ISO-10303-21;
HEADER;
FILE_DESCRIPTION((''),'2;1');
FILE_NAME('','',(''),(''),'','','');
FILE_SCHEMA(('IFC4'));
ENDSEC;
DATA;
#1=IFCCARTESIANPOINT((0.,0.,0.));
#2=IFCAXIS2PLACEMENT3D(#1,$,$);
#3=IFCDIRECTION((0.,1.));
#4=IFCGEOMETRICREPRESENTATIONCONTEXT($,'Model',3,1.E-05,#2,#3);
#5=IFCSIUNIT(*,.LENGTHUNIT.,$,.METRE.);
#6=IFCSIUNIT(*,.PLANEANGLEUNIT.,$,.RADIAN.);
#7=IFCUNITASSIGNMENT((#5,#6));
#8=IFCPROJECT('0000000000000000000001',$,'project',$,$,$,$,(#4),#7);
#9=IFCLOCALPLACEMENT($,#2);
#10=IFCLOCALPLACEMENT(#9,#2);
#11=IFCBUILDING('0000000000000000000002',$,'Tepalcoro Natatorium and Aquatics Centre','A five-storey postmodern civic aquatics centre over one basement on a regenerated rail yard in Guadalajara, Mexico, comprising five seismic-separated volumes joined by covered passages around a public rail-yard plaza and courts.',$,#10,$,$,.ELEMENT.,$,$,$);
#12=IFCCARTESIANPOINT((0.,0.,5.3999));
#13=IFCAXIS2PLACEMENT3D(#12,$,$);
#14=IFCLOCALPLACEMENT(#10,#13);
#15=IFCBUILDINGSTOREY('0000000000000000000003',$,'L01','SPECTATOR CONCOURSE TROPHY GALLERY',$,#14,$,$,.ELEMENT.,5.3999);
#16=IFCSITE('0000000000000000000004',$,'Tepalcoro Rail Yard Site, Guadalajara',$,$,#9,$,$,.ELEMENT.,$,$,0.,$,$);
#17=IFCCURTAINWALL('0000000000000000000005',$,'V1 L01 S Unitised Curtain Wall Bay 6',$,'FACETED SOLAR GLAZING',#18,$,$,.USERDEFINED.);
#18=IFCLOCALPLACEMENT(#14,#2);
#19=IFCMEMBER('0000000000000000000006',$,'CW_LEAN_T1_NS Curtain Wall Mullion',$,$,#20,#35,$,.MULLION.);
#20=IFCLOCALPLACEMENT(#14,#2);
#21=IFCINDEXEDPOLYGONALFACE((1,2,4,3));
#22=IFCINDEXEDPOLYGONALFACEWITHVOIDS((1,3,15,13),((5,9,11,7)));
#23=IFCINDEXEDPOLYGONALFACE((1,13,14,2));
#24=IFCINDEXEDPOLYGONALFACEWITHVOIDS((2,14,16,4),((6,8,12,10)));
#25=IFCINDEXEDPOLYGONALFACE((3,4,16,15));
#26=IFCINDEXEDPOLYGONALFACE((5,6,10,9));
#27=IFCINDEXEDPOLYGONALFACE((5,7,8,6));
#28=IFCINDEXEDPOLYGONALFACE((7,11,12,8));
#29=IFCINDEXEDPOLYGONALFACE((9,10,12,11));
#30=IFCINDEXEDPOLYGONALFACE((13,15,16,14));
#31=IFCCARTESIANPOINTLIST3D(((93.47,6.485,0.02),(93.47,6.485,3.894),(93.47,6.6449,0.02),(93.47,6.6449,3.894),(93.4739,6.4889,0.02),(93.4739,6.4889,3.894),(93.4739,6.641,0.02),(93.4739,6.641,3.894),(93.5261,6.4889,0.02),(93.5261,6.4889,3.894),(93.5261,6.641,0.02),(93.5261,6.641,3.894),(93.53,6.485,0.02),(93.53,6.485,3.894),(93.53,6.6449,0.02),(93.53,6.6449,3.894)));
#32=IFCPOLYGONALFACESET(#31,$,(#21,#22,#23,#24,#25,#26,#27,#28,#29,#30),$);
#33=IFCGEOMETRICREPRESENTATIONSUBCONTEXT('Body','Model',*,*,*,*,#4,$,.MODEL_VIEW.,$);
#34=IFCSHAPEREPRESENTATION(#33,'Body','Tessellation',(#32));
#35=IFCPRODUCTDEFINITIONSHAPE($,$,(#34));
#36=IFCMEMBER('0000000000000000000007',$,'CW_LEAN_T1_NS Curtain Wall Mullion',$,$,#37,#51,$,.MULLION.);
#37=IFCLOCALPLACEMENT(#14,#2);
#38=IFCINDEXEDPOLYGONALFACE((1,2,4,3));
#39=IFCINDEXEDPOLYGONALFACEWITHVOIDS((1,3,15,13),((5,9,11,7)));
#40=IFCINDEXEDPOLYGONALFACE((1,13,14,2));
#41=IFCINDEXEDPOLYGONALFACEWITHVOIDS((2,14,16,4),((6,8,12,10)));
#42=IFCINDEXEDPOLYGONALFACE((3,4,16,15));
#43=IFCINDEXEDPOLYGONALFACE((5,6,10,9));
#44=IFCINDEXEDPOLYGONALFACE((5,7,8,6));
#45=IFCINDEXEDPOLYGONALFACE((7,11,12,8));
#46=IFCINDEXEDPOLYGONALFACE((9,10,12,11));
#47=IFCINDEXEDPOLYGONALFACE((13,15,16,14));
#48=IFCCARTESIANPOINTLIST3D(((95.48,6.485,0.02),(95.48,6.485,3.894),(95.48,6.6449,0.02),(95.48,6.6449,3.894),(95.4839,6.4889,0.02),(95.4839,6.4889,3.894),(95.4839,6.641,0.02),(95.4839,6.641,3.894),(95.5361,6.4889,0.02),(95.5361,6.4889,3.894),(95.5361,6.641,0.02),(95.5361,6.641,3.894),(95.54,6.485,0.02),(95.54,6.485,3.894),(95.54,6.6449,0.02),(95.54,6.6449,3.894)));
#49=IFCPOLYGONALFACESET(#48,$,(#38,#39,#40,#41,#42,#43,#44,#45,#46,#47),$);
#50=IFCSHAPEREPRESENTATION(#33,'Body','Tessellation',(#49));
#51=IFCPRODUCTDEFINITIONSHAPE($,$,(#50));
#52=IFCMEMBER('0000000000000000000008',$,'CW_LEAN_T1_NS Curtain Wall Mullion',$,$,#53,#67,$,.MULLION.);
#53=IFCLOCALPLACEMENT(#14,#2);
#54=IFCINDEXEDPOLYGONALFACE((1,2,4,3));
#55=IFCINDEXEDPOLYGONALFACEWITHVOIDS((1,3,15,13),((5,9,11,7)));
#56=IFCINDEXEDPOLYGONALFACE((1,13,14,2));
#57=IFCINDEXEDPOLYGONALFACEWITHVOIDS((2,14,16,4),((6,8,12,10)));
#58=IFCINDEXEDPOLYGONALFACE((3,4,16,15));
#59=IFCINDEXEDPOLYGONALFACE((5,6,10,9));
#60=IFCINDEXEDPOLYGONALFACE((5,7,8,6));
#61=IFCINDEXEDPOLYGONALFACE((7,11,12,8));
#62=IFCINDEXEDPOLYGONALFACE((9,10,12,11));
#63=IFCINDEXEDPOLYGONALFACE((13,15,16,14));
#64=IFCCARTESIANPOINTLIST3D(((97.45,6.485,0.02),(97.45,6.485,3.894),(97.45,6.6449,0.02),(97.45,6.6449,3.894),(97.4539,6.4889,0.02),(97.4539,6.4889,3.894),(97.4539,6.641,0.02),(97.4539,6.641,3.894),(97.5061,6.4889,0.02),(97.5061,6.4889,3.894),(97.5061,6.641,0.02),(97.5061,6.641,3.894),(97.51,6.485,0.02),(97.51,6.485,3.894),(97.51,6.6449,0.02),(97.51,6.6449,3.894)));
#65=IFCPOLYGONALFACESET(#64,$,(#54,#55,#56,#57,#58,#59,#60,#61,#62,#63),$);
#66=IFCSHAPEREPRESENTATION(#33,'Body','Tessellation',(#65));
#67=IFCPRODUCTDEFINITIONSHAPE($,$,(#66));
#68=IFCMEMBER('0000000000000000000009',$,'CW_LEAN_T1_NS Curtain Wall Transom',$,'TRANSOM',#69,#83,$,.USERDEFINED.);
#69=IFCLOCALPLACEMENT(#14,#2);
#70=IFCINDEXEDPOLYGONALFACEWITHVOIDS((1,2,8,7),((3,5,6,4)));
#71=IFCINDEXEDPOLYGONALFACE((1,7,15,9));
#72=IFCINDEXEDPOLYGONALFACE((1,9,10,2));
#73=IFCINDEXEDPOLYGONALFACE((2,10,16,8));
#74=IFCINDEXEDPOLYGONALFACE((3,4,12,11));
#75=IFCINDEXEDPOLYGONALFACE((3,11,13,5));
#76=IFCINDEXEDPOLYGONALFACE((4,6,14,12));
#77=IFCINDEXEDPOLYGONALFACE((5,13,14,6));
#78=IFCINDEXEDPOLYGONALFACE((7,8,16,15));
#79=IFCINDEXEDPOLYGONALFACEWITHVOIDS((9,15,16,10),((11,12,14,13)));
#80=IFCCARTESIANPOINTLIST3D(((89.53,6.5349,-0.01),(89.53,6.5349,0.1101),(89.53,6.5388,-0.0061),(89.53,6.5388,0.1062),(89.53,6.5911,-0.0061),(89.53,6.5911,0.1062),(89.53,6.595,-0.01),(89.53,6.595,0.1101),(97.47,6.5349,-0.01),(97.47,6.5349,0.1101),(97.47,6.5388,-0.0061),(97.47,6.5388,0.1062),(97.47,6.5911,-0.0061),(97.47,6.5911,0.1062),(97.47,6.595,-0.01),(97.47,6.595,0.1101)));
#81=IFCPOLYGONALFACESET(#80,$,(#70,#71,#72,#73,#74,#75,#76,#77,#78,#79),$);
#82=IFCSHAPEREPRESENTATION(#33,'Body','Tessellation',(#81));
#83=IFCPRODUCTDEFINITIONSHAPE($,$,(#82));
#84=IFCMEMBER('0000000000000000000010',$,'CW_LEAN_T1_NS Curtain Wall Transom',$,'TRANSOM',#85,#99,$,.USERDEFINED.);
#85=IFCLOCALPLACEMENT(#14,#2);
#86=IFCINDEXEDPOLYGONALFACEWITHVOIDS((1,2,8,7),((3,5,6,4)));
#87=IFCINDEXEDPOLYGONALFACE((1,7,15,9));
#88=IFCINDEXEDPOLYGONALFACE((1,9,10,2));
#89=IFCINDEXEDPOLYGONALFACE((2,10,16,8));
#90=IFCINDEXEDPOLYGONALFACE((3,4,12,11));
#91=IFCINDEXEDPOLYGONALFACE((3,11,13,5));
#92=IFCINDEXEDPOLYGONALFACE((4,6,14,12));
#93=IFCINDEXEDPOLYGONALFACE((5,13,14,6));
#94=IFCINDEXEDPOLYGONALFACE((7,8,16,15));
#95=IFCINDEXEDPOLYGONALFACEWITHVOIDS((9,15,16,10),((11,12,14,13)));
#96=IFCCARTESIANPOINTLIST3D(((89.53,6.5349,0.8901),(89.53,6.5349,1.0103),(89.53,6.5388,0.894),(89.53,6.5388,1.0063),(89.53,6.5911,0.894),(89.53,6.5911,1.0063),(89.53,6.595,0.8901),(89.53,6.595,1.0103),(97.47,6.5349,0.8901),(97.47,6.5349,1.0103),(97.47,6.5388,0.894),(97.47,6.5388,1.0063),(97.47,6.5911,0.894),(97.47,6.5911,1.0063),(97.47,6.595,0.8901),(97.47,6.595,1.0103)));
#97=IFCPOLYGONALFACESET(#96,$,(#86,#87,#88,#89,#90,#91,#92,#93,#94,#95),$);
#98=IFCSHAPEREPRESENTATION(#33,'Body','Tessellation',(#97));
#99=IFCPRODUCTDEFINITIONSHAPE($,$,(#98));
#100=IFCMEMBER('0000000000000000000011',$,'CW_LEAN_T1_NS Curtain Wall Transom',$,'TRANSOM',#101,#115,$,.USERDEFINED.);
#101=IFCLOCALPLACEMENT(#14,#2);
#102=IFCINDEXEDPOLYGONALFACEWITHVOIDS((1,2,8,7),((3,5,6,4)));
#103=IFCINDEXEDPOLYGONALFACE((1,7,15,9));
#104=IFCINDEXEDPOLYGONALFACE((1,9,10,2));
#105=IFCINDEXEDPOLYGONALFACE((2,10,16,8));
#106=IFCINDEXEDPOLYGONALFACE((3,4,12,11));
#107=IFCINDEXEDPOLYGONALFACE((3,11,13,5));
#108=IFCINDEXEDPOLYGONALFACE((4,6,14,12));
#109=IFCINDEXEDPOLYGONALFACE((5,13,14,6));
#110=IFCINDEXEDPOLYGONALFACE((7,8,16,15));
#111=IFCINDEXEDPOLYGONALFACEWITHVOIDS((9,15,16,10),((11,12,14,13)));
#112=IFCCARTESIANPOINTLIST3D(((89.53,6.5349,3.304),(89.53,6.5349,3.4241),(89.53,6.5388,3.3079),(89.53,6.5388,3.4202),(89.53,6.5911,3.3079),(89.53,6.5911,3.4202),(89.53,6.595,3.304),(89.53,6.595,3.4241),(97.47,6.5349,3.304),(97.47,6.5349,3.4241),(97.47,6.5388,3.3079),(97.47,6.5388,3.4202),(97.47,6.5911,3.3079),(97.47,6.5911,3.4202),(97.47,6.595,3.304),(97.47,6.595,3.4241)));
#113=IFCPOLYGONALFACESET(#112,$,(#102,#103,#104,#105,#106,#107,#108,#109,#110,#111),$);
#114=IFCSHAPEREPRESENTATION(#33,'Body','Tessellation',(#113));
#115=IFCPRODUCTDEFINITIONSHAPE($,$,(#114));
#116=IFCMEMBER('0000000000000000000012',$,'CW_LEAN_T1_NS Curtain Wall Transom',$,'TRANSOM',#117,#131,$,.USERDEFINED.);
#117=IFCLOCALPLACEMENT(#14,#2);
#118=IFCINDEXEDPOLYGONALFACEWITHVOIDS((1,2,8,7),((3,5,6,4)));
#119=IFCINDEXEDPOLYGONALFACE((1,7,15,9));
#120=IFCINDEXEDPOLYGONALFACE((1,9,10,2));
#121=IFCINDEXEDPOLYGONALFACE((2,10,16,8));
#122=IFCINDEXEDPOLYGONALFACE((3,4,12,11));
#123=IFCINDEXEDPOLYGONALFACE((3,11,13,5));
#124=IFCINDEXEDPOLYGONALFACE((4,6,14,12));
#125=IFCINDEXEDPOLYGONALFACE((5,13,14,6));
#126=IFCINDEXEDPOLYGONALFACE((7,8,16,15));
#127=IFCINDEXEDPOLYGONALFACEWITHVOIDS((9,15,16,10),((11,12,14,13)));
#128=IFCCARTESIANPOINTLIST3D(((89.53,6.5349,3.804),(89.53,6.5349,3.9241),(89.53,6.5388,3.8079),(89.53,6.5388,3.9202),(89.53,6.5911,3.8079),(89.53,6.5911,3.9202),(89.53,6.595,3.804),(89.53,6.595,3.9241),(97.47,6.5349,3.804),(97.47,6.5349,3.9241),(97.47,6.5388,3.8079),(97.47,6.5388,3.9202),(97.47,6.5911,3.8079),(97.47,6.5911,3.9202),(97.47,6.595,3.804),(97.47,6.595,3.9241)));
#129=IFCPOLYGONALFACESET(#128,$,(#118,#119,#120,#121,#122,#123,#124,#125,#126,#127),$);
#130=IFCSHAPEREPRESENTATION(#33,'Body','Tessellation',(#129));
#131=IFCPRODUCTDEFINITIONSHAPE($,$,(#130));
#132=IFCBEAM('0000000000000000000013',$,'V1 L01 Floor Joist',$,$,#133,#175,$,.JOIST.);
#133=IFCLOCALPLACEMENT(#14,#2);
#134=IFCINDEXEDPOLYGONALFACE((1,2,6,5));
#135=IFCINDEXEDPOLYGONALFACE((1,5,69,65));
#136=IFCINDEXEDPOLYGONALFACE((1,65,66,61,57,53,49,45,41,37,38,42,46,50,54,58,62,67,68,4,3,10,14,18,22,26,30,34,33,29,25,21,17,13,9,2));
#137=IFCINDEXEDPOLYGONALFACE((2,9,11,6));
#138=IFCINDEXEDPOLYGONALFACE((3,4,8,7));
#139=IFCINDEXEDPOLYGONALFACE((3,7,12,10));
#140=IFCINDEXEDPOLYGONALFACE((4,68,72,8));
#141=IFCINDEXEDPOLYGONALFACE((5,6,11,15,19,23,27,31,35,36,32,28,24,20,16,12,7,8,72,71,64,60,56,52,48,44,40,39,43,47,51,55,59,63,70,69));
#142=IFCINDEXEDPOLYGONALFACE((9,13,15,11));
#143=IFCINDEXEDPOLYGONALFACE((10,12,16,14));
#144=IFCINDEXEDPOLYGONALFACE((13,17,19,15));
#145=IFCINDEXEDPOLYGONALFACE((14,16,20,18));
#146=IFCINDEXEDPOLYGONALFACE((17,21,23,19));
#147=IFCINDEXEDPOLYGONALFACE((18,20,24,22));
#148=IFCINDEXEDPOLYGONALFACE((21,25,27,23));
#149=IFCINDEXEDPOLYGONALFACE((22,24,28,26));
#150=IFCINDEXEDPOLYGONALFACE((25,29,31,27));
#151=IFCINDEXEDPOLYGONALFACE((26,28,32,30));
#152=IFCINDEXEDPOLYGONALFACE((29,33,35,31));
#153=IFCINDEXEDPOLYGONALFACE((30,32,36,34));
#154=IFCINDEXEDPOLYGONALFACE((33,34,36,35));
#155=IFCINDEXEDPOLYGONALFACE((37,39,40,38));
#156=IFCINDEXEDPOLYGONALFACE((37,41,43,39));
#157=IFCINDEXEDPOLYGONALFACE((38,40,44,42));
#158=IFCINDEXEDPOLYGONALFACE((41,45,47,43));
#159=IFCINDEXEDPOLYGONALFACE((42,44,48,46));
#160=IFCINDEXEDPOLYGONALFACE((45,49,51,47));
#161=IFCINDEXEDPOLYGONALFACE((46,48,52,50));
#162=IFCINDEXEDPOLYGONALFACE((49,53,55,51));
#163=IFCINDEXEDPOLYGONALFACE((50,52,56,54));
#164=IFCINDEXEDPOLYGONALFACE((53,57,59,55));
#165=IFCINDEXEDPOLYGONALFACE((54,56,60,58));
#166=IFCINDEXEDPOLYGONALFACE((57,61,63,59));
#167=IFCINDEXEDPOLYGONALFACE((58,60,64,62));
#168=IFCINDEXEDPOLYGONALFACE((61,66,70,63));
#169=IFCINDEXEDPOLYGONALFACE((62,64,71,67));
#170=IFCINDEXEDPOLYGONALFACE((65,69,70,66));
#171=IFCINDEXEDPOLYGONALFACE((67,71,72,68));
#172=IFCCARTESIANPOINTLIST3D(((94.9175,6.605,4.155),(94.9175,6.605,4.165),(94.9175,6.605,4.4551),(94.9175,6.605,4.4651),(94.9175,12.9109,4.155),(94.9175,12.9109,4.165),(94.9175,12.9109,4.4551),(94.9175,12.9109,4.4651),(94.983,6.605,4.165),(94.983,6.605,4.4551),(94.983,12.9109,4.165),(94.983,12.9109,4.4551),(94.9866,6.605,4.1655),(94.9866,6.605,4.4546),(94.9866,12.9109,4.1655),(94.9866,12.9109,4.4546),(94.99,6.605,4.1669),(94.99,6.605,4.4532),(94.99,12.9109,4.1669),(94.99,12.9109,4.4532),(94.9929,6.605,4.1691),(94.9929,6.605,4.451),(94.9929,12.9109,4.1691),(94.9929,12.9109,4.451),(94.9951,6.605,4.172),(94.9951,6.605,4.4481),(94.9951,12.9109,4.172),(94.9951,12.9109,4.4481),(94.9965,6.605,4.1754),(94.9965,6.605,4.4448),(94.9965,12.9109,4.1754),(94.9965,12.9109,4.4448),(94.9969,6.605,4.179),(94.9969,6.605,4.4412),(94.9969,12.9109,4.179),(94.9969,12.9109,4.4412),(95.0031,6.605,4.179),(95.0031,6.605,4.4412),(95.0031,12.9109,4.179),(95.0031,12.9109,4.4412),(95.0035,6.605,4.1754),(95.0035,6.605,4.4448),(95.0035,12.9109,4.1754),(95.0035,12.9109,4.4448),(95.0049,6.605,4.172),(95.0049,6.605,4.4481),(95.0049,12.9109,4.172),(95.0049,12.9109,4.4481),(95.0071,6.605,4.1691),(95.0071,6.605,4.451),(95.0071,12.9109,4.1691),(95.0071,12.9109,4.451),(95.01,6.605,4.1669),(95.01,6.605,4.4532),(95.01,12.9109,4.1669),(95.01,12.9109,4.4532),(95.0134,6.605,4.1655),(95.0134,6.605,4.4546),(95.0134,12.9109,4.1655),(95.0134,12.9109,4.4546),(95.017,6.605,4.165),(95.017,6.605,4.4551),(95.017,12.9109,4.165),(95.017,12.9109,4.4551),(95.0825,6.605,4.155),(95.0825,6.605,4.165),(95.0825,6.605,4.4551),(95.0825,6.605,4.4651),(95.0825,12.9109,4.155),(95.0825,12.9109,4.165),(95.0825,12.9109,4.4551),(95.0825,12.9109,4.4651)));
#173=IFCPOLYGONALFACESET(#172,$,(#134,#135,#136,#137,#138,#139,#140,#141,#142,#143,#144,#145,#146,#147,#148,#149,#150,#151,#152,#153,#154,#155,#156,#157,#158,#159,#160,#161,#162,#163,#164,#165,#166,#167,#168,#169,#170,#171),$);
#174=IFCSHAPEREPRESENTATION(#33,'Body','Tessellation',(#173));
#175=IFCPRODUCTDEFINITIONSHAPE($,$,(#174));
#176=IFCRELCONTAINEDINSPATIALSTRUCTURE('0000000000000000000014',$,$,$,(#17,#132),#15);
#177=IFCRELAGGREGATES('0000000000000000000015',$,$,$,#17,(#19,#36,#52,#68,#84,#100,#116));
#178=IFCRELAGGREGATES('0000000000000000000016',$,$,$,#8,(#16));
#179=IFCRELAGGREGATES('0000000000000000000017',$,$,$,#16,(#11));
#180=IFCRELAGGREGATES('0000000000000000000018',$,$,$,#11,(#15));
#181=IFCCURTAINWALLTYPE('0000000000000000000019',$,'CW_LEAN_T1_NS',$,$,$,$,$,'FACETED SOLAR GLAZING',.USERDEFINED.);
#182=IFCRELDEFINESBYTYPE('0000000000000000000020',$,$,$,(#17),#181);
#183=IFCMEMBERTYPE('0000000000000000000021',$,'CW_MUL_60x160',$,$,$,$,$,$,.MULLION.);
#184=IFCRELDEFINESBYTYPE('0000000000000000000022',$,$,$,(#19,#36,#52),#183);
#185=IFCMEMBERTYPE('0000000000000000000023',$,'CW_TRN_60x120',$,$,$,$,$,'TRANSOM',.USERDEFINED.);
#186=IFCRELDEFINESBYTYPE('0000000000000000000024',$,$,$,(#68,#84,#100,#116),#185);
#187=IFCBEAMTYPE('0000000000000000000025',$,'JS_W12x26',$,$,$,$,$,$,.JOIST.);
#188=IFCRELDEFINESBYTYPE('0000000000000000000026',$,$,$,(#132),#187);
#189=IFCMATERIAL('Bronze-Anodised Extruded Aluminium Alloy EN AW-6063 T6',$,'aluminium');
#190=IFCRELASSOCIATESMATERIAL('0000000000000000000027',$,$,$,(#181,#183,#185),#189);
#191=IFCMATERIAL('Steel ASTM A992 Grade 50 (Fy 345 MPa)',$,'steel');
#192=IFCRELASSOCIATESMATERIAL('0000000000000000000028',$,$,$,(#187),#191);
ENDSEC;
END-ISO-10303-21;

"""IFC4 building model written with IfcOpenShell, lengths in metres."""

from ifc_helpers import new_model, si_unit, direction, frame, origin, origin_2d, place, context, subcontext, project, spatial, hollow_rectangle, i_section, extrude, material, material_profile, profile_set, type_object, element, aggregate, save


model = new_model("IFC4")

# Units and contexts
model_context = context("Model", 3, precision=1e-05, world=origin(), true_north=direction((0.0, 1.0)))
body_context = subcontext(model_context, "Body", "Model", "MODEL_VIEW")
ifc_project = project(units=[si_unit("LENGTHUNIT", "METRE"), si_unit("PLANEANGLEUNIT", "RADIAN")], contexts=[model_context])

# Site, building, storey
site_placement = place(None, origin())
site = spatial("IfcSite", under=ifc_project, at=site_placement, Name="Tepalcoro Rail Yard Site, Guadalajara", CompositionType="ELEMENT", RefElevation=0.0)
building_placement = place(site_placement, origin())
building = spatial("IfcBuilding", under=site, at=building_placement, Name="Tepalcoro Natatorium and Aquatics Centre", Description="A five-storey postmodern civic aquatics centre over one basement on a regenerated rail yard in Guadalajara, Mexico, comprising five seismic-separated volumes joined by covered passages around a public rail-yard plaza and courts.", CompositionType="ELEMENT")
storey_placement = place(building_placement, frame((0.0, 0.0, 5.3999)))
storey = spatial("IfcBuildingStorey", under=building, at=storey_placement, Name="L01", Description="SPECTATOR CONCOURSE TROPHY GALLERY", CompositionType="ELEMENT", Elevation=5.3999)

# Shared definitions
ifc_material_1 = material(Name="Steel ASTM A992 Grade 50 (Fy 345 MPa)", Category="steel")

# Curtain wall, members
ifc_material_2 = material(Name="Bronze-Anodised Extruded Aluminium Alloy EN AW-6063 T6", Category="aluminium")
curtain_wall_type = type_object("IfcCurtainWallType", Name="CW_LEAN_T1_NS", ElementType="FACETED SOLAR GLAZING", PredefinedType="USERDEFINED", material=ifc_material_2)
curtain_wall_placement = place(storey_placement, origin())
curtain_wall = element("IfcCurtainWall", 1, at=curtain_wall_placement, inside=storey, type_object=curtain_wall_type, Name="V1 L01 S Unitised Curtain Wall Bay 6", ObjectType="FACETED SOLAR GLAZING", PredefinedType="USERDEFINED")
ifc_material_profile_1 = material_profile(ifc_material_2, hollow_rectangle(XDim=0.0601, YDim=0.1599, WallThickness=0.0039, at=origin_2d()), Name="AL60X160X4")
ifc_profile_set_1 = profile_set([ifc_material_profile_1], Name="Bronze-Anodised Extruded Aluminium Alloy EN AW-6063 T6")
member_type_1 = type_object("IfcMemberType", Name="CW_MUL_60x160", PredefinedType="MULLION", material=ifc_profile_set_1)
member_1_placement = place(storey_placement, frame((93.5, 6.5649, 0.02), z_axis=(0.0, 0.0, 1.0), x_axis=(1.0, 0.0, 0.0)))
member_1 = element("IfcMember", 2, at=member_1_placement, type_object=member_type_1, Name="CW_LEAN_T1_NS Curtain Wall Mullion", PredefinedType="MULLION", context=body_context, shape_type="SweptSolid", body=[
    extrude(hollow_rectangle(XDim=0.0601, YDim=0.1599, WallThickness=0.0039, at=origin_2d()), origin(), (0.0, 0.0, 1.0), 3.874),
])
member_2_placement = place(storey_placement, frame((95.51, 6.5649, 0.02), z_axis=(0.0, 0.0, 1.0), x_axis=(1.0, 0.0, 0.0)))
member_2 = element("IfcMember", 3, at=member_2_placement, type_object=member_type_1, Name="CW_LEAN_T1_NS Curtain Wall Mullion", PredefinedType="MULLION", context=body_context, shape_type="SweptSolid", body=[
    extrude(hollow_rectangle(XDim=0.0601, YDim=0.1599, WallThickness=0.0039, at=origin_2d()), origin(), (0.0, 0.0, 1.0), 3.874),
])
member_3_placement = place(storey_placement, frame((97.48, 6.5649, 0.02), z_axis=(0.0, 0.0, 1.0), x_axis=(1.0, 0.0, 0.0)))
member_3 = element("IfcMember", 4, at=member_3_placement, type_object=member_type_1, Name="CW_LEAN_T1_NS Curtain Wall Mullion", PredefinedType="MULLION", context=body_context, shape_type="SweptSolid", body=[
    extrude(hollow_rectangle(XDim=0.0601, YDim=0.1599, WallThickness=0.0039, at=origin_2d()), origin(), (0.0, 0.0, 1.0), 3.874),
])
ifc_material_profile_2 = material_profile(ifc_material_2, hollow_rectangle(XDim=0.0601, YDim=0.1201, WallThickness=0.0039, at=origin_2d()), Name="AL60X120X4")
ifc_profile_set_2 = profile_set([ifc_material_profile_2], Name="Bronze-Anodised Extruded Aluminium Alloy EN AW-6063 T6")
member_type_2 = type_object("IfcMemberType", Name="CW_TRN_60x120", ElementType="TRANSOM", PredefinedType="USERDEFINED", material=ifc_profile_set_2)
member_4_placement = place(storey_placement, frame((89.53, 6.5649, 0.05), z_axis=(1.0, 0.0, 0.0), x_axis=(0.0, 1.0, 0.0)))
member_4 = element("IfcMember", 5, at=member_4_placement, type_object=member_type_2, Name="CW_LEAN_T1_NS Curtain Wall Transom", ObjectType="TRANSOM", PredefinedType="USERDEFINED", context=body_context, shape_type="SweptSolid", body=[
    extrude(hollow_rectangle(XDim=0.0601, YDim=0.1201, WallThickness=0.0039, at=origin_2d()), origin(), (0.0, 0.0, 1.0), 7.9399),
])
member_5_placement = place(storey_placement, frame((89.53, 6.5649, 0.9502), z_axis=(1.0, 0.0, 0.0), x_axis=(0.0, 1.0, 0.0)))
member_5 = element("IfcMember", 6, at=member_5_placement, type_object=member_type_2, Name="CW_LEAN_T1_NS Curtain Wall Transom", ObjectType="TRANSOM", PredefinedType="USERDEFINED", context=body_context, shape_type="SweptSolid", body=[
    extrude(hollow_rectangle(XDim=0.0601, YDim=0.1201, WallThickness=0.0039, at=origin_2d()), origin(), (0.0, 0.0, 1.0), 7.9399),
])
member_6_placement = place(storey_placement, frame((89.53, 6.5649, 3.364), z_axis=(1.0, 0.0, 0.0), x_axis=(0.0, 1.0, 0.0)))
member_6 = element("IfcMember", 7, at=member_6_placement, type_object=member_type_2, Name="CW_LEAN_T1_NS Curtain Wall Transom", ObjectType="TRANSOM", PredefinedType="USERDEFINED", context=body_context, shape_type="SweptSolid", body=[
    extrude(hollow_rectangle(XDim=0.0601, YDim=0.1201, WallThickness=0.0039, at=origin_2d()), origin(), (0.0, 0.0, 1.0), 7.9399),
])
member_7_placement = place(storey_placement, frame((89.53, 6.5649, 3.864), z_axis=(1.0, 0.0, 0.0), x_axis=(0.0, 1.0, 0.0)))
member_7 = element("IfcMember", 8, at=member_7_placement, type_object=member_type_2, Name="CW_LEAN_T1_NS Curtain Wall Transom", ObjectType="TRANSOM", PredefinedType="USERDEFINED", context=body_context, shape_type="SweptSolid", body=[
    extrude(hollow_rectangle(XDim=0.0601, YDim=0.1201, WallThickness=0.0039, at=origin_2d()), origin(), (0.0, 0.0, 1.0), 7.9399),
])

# Beam
ifc_material_profile_3 = material_profile(ifc_material_1, i_section(OverallWidth=0.165, OverallDepth=0.3101, WebThickness=0.0061, FlangeThickness=0.01, FilletRadius=0.0139, at=origin_2d()), Name="W12X26")
ifc_profile_set_3 = profile_set([ifc_material_profile_3], Name="Steel ASTM A992 Grade 50 (Fy 345 MPa)")
beam_type_1 = type_object("IfcBeamType", Name="JS_W12x26", PredefinedType="JOIST", material=ifc_profile_set_3)
beam_1_placement = place(storey_placement, frame((95.0, 6.605, 4.3101), z_axis=(0.0, 1.0, 0.0), x_axis=(-1.0, 0.0, 0.0)))
element("IfcBeam", 9, at=beam_1_placement, inside=storey, type_object=beam_type_1, Name="V1 L01 Floor Joist", PredefinedType="JOIST", context=body_context, shape_type="SweptSolid", body=[
    extrude(i_section(OverallWidth=0.165, OverallDepth=0.3101, WebThickness=0.0061, FlangeThickness=0.01, FilletRadius=0.0139, at=origin_2d()), origin(), (0.0, 0.0, 1.0), 6.3059),
])

aggregate(curtain_wall, [member_1, member_2, member_3, member_4, member_5, member_6, member_7])

save(model, "model.ifc")
